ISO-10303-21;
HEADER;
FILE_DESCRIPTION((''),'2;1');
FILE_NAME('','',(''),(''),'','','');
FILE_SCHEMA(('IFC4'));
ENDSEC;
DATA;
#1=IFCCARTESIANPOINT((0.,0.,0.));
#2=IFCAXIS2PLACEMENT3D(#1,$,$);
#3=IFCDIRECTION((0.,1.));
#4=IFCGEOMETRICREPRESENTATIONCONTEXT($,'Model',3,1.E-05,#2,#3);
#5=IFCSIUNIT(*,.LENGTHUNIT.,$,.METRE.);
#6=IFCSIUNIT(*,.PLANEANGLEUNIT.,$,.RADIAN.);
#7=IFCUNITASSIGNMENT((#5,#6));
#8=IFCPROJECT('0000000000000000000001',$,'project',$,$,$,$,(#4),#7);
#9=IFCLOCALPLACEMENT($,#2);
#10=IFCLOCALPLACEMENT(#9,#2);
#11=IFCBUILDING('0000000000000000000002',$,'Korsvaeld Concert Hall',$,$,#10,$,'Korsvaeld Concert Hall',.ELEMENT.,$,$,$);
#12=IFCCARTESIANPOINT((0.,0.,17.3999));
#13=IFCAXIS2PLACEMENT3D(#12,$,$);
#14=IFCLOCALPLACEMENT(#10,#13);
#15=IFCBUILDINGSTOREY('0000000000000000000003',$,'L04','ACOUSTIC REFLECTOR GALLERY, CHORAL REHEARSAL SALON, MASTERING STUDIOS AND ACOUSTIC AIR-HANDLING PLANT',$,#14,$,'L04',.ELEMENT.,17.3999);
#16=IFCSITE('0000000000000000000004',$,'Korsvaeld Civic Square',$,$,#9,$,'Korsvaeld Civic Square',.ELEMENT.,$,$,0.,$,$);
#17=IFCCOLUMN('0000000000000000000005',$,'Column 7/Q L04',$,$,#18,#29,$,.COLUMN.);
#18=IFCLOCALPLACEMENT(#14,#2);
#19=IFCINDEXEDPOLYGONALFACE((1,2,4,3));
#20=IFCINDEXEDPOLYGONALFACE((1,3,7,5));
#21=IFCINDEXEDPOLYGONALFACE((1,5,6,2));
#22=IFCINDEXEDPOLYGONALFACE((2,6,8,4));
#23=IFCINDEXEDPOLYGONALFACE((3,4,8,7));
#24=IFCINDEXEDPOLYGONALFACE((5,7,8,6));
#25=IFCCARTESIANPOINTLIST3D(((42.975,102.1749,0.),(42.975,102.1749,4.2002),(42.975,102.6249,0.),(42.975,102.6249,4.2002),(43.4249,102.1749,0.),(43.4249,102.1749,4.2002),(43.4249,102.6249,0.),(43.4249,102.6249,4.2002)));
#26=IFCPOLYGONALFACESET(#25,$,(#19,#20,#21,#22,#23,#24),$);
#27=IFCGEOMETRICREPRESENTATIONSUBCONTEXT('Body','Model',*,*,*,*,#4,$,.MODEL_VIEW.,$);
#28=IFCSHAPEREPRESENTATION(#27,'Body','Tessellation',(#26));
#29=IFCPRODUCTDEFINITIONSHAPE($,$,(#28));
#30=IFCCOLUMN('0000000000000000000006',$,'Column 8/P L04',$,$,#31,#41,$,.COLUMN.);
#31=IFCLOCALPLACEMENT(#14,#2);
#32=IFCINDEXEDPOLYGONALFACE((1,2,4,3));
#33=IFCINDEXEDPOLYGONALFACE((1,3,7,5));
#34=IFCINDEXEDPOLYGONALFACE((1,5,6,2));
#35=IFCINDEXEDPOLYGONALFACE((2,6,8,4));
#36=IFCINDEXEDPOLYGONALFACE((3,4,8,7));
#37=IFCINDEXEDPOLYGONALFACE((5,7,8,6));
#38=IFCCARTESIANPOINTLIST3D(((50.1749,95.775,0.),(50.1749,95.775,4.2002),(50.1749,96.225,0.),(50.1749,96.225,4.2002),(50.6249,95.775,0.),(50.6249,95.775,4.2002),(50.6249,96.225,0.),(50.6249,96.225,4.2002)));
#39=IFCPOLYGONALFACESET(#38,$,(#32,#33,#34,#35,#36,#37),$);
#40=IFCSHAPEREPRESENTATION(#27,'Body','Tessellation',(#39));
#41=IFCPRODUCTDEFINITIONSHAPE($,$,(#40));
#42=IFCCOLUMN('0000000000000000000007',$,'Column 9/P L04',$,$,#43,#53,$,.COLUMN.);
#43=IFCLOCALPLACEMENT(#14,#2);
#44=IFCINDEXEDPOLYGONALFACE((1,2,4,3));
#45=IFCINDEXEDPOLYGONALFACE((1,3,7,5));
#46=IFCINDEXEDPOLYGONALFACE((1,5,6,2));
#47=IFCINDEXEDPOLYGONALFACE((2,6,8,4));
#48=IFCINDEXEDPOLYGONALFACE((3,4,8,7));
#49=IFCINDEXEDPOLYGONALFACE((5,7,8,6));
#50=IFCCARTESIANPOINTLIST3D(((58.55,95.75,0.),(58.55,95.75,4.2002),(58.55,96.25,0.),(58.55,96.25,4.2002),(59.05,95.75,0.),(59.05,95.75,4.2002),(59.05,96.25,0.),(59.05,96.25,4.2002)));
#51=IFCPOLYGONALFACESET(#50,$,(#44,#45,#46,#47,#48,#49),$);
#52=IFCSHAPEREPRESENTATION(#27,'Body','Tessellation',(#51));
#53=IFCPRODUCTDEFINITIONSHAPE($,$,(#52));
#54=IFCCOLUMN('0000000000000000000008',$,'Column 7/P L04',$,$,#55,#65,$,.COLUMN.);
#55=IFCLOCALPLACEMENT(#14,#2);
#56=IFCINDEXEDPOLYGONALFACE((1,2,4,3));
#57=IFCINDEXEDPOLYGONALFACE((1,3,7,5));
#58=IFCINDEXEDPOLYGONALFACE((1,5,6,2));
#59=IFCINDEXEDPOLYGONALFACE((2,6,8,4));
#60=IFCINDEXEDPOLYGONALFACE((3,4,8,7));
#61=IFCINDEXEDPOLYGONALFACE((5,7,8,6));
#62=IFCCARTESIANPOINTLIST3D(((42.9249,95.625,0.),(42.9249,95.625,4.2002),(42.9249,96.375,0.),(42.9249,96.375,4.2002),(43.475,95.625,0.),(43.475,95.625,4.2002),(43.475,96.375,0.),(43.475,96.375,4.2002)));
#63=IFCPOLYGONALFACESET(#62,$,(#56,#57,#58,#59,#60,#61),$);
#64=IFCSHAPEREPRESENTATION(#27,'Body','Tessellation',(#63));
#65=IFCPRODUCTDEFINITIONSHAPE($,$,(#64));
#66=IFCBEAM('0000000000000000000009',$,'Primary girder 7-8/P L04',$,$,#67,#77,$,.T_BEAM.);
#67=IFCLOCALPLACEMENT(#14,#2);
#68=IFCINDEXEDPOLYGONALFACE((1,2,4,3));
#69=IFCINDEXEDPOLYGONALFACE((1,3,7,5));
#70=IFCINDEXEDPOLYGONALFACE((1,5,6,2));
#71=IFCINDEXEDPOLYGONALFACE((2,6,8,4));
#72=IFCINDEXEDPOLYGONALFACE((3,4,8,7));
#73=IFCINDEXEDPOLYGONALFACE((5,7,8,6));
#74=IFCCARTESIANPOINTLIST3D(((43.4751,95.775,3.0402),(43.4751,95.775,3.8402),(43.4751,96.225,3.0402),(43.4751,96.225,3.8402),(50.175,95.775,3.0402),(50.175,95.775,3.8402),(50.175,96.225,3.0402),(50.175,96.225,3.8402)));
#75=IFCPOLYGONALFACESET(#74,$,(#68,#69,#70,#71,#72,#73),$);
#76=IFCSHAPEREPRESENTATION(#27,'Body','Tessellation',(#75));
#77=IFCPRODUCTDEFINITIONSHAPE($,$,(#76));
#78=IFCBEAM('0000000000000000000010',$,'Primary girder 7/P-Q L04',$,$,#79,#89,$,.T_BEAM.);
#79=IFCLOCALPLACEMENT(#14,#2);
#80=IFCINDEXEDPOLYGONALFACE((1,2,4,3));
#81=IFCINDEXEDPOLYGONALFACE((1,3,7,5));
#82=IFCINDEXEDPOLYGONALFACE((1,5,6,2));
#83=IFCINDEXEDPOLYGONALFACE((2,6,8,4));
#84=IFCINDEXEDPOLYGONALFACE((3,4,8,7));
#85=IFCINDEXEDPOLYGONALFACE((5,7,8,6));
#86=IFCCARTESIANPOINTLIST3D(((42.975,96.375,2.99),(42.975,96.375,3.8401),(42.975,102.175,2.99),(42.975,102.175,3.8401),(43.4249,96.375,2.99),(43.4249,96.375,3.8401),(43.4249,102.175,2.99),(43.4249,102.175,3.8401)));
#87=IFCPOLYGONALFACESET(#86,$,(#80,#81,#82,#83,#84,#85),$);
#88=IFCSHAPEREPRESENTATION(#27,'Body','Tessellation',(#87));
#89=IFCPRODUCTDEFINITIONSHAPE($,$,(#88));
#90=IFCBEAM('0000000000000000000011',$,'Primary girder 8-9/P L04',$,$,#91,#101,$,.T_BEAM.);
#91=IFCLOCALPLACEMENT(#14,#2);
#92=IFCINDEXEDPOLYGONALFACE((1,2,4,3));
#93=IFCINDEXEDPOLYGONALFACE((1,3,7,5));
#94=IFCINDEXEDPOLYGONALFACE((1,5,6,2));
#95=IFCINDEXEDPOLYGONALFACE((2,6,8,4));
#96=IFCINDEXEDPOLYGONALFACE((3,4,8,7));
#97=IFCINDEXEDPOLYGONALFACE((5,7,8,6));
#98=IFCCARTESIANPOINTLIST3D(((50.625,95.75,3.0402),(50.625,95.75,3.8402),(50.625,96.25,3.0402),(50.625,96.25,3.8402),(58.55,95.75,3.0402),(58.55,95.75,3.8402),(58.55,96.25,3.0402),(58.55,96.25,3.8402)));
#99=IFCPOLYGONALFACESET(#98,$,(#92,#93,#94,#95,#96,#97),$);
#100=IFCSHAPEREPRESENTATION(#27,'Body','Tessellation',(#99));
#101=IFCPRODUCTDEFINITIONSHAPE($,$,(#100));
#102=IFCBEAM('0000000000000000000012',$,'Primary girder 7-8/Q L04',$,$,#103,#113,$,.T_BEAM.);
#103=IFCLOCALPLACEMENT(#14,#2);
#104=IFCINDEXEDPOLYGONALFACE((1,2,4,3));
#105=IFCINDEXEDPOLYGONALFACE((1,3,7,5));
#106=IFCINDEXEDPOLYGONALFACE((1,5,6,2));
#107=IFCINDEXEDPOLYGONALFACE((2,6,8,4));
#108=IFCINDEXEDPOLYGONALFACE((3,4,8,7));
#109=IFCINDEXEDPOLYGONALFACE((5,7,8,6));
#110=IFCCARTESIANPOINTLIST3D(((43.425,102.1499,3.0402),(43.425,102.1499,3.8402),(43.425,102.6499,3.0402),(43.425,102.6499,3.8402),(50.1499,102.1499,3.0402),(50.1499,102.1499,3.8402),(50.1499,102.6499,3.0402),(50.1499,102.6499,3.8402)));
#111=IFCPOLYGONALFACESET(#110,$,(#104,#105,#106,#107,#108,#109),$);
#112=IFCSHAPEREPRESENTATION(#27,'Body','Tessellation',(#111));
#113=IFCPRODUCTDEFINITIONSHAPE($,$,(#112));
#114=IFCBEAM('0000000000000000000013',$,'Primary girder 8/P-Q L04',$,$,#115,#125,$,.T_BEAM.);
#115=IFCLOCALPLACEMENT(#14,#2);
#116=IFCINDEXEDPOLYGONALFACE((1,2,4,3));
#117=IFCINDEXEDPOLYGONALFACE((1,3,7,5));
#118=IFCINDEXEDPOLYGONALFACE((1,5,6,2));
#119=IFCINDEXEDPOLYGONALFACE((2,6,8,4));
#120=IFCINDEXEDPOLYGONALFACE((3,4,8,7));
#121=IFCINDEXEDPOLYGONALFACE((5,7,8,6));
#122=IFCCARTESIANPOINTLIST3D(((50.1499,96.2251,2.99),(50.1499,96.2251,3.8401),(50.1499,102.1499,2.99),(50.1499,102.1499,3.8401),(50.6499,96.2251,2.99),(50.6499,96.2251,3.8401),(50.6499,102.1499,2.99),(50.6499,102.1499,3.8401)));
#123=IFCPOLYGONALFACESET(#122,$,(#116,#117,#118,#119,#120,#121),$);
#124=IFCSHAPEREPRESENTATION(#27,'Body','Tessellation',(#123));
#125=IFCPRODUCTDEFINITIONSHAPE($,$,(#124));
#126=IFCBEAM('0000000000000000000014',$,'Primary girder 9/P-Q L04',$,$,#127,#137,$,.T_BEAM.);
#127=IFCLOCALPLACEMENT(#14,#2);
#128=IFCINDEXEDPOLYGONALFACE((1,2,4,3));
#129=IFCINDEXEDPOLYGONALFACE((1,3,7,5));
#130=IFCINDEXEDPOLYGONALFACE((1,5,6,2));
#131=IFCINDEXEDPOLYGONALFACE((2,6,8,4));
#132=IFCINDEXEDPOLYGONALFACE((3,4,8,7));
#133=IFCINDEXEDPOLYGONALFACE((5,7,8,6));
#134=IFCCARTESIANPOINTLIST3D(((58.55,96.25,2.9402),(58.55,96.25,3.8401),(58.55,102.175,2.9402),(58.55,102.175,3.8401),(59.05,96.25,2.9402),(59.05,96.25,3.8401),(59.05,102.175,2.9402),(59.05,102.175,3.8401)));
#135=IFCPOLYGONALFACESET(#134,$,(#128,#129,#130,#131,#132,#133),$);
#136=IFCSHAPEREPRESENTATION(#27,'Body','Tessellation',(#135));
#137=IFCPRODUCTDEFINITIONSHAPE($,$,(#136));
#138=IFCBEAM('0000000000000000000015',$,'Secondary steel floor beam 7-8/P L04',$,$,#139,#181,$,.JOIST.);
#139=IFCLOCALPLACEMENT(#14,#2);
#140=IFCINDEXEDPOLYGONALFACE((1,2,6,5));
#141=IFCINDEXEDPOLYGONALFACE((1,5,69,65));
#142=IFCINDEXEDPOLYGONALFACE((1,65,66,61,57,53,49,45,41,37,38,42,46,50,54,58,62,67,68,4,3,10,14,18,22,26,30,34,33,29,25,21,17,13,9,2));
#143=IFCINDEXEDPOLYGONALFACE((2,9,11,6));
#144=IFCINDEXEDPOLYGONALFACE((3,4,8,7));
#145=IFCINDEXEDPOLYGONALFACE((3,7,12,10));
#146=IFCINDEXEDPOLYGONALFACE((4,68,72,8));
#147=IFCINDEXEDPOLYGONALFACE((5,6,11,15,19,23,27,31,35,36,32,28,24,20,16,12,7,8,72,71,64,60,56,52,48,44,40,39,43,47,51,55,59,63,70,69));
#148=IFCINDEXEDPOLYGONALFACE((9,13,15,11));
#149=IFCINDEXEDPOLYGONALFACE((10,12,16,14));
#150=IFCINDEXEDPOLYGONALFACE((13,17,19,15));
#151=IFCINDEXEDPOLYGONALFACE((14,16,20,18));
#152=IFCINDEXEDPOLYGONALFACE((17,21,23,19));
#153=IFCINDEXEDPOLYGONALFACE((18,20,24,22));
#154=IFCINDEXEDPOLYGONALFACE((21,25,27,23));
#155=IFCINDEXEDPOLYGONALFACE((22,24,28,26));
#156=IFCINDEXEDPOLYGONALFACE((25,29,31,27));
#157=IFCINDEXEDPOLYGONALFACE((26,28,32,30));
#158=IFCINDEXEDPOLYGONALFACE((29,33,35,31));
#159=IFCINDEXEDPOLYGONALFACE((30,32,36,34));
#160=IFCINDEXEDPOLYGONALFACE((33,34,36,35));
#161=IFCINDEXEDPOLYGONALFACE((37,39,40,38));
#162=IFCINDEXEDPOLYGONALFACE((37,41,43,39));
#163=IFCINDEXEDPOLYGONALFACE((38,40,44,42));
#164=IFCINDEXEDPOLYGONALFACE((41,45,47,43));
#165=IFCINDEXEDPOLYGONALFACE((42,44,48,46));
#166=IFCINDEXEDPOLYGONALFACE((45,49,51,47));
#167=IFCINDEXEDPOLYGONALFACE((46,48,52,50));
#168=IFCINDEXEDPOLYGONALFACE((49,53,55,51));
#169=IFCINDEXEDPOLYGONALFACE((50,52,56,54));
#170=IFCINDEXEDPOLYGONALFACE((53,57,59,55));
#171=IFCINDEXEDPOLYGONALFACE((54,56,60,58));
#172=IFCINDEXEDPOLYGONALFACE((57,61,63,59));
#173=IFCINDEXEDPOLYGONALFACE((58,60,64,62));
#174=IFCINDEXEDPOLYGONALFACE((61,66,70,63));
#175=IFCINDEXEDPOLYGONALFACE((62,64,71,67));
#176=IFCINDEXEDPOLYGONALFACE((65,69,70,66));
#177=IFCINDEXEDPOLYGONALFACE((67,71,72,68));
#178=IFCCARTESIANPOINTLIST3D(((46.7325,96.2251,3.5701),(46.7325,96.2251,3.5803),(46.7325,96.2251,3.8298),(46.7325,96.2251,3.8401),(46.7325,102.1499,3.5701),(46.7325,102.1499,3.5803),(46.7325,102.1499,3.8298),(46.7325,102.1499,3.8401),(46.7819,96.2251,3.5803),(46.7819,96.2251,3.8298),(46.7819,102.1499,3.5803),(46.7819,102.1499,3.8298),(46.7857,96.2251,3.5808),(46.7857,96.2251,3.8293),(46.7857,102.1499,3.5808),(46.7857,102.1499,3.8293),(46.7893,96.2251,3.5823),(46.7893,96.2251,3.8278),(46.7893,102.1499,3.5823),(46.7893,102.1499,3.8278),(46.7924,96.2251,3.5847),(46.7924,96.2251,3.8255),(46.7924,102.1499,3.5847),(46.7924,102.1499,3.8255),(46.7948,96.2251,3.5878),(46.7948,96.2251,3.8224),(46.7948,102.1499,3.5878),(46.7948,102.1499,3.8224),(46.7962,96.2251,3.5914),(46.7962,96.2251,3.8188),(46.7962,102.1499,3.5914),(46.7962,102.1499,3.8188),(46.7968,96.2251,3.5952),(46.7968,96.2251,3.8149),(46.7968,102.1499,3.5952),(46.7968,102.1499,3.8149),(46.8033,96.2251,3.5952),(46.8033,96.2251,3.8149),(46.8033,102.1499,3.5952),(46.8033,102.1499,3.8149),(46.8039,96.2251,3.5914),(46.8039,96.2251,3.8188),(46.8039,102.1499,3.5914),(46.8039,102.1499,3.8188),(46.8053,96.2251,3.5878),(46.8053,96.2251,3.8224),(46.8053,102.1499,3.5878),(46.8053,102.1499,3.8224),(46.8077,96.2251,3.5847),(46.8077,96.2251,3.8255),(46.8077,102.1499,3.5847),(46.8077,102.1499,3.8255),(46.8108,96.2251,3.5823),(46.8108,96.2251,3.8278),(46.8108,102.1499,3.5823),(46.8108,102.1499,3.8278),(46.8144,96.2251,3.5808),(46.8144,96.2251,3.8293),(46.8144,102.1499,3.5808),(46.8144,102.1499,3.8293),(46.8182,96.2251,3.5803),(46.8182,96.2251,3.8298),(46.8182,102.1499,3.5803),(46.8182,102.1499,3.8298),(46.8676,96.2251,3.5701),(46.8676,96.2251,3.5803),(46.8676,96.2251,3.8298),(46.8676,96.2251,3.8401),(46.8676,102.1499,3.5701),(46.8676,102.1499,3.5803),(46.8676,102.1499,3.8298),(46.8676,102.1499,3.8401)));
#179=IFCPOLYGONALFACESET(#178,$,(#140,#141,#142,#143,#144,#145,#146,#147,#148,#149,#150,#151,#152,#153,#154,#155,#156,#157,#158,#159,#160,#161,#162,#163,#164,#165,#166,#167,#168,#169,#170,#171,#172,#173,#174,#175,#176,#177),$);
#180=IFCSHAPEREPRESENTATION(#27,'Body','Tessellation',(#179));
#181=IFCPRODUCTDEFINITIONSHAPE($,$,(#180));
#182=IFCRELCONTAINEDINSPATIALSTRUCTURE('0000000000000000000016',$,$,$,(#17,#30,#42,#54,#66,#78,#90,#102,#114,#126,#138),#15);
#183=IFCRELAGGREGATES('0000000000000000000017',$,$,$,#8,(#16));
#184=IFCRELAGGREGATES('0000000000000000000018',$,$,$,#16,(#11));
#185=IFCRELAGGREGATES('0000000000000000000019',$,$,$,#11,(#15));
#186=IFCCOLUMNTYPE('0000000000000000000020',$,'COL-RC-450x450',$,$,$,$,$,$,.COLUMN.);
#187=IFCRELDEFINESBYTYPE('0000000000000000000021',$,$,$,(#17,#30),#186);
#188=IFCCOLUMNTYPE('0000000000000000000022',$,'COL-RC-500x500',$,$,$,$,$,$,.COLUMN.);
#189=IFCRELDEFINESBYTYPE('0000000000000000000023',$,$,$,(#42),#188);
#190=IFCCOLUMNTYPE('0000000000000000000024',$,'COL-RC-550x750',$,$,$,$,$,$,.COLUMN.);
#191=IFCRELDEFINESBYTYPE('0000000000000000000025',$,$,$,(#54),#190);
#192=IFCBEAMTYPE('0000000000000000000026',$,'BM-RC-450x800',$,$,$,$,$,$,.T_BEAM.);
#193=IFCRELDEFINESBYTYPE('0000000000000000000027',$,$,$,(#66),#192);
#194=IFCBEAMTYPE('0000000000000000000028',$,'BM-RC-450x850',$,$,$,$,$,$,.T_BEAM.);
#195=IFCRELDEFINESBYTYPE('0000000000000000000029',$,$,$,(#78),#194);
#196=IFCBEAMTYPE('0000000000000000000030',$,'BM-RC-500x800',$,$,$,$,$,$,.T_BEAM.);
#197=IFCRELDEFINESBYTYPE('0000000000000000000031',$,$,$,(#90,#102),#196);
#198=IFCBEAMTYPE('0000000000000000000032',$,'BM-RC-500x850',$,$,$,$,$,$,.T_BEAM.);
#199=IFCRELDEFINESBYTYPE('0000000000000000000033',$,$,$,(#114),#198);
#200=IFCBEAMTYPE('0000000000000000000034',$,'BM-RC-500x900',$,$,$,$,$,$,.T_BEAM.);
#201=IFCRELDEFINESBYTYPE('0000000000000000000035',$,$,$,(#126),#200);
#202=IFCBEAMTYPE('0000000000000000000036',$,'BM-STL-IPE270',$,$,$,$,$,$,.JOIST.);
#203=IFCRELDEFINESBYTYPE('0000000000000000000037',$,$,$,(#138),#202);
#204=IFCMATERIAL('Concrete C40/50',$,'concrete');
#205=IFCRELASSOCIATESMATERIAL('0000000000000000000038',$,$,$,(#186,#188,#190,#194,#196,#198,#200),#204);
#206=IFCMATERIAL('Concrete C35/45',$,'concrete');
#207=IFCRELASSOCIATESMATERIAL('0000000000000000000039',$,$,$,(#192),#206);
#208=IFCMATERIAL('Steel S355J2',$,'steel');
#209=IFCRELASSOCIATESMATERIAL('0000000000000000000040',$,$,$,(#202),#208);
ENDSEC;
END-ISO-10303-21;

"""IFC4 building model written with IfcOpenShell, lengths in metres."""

from ifc_helpers import new_model, si_unit, direction, frame, origin, origin_2d, place, context, subcontext, project, spatial, rectangle, i_section, extrude, material, material_profile, profile_set, type_object, element, save


model = new_model("IFC4")

# Units and contexts
model_context = context("Model", 3, precision=1e-05, world=origin(), true_north=direction((0.0, 1.0)))
body_context = subcontext(model_context, "Body", "Model", "MODEL_VIEW")
ifc_project = project(units=[si_unit("LENGTHUNIT", "METRE"), si_unit("PLANEANGLEUNIT", "RADIAN")], contexts=[model_context])

# Site, building, storey
site_placement = place(None, origin())
site = spatial("IfcSite", under=ifc_project, at=site_placement, Name="Korsvaeld Civic Square", LongName="Korsvaeld Civic Square", CompositionType="ELEMENT", RefElevation=0.0)
building_placement = place(site_placement, origin())
building = spatial("IfcBuilding", under=site, at=building_placement, Name="Korsvaeld Concert Hall", LongName="Korsvaeld Concert Hall", CompositionType="ELEMENT")
storey_placement = place(building_placement, frame((0.0, 0.0, 17.3999)))
storey = spatial("IfcBuildingStorey", under=building, at=storey_placement, Name="L04", Description="ACOUSTIC REFLECTOR GALLERY, CHORAL REHEARSAL SALON, MASTERING STUDIOS AND ACOUSTIC AIR-HANDLING PLANT", LongName="L04", CompositionType="ELEMENT", Elevation=17.3999)

# Columns
ifc_material_1 = material(Name="Concrete C40/50", Category="concrete")
ifc_material_profile_1 = material_profile(ifc_material_1, rectangle(XDim=0.45, YDim=0.45, at=origin_2d()), Name="RC 450x450")
ifc_profile_set_1 = profile_set([ifc_material_profile_1], Name="Concrete C40/50")
column_type_1 = type_object("IfcColumnType", Name="COL-RC-450x450", PredefinedType="COLUMN", material=ifc_profile_set_1)
for number, where, z_axis, x_axis, name in (
    (1, (43.2, 102.3999, 0.0), (0.0, 0.0, 1.0), (1.0, 0.0, 0.0), "Column 7/Q L04"),
    (2, (50.3999, 96.0, 0.0), (0.0, 0.0, 1.0), (1.0, 0.0, 0.0), "Column 8/P L04"),
):
    element("IfcColumn", number, at=place(storey_placement, frame(where, z_axis=z_axis, x_axis=x_axis)), inside=storey, type_object=column_type_1, Name=name, PredefinedType="COLUMN", context=body_context, shape_type="SweptSolid", body=[
        extrude(rectangle(XDim=0.45, YDim=0.45, at=origin_2d()), origin(), (0.0, 0.0, 1.0), 4.2002),
    ])
ifc_material_profile_2 = material_profile(ifc_material_1, rectangle(XDim=0.5, YDim=0.5, at=origin_2d()), Name="RC 500x500")
ifc_profile_set_2 = profile_set([ifc_material_profile_2], Name="Concrete C40/50")
column_type_2 = type_object("IfcColumnType", Name="COL-RC-500x500", PredefinedType="COLUMN", material=ifc_profile_set_2)
column_1_placement = place(storey_placement, frame((58.8, 96.0, 0.0), z_axis=(0.0, 0.0, 1.0), x_axis=(1.0, 0.0, 0.0)))
element("IfcColumn", 3, at=column_1_placement, inside=storey, type_object=column_type_2, Name="Column 9/P L04", PredefinedType="COLUMN", context=body_context, shape_type="SweptSolid", body=[
    extrude(rectangle(XDim=0.5, YDim=0.5, at=origin_2d()), origin(), (0.0, 0.0, 1.0), 4.2002),
])
ifc_material_profile_3 = material_profile(ifc_material_1, rectangle(XDim=0.55, YDim=0.75, at=origin_2d()), Name="RC 550x750")
ifc_profile_set_3 = profile_set([ifc_material_profile_3], Name="Concrete C40/50")
column_type_3 = type_object("IfcColumnType", Name="COL-RC-550x750", PredefinedType="COLUMN", material=ifc_profile_set_3)
column_2_placement = place(storey_placement, frame((43.2, 96.0, 0.0), z_axis=(0.0, 0.0, 1.0), x_axis=(1.0, 0.0, 0.0)))
element("IfcColumn", 4, at=column_2_placement, inside=storey, type_object=column_type_3, Name="Column 7/P L04", PredefinedType="COLUMN", context=body_context, shape_type="SweptSolid", body=[
    extrude(rectangle(XDim=0.55, YDim=0.75, at=origin_2d()), origin(), (0.0, 0.0, 1.0), 4.2002),
])

# Beams
ifc_material_2 = material(Name="Concrete C35/45", Category="concrete")
ifc_material_profile_4 = material_profile(ifc_material_2, rectangle(XDim=0.45, YDim=0.8, at=origin_2d()), Name="RC 450x800")
ifc_profile_set_4 = profile_set([ifc_material_profile_4], Name="Concrete C35/45")
beam_type_1 = type_object("IfcBeamType", Name="BM-RC-450x800", PredefinedType="T_BEAM", material=ifc_profile_set_4)
beam_1_placement = place(storey_placement, frame((43.4751, 96.0, 3.4402), z_axis=(1.0, 0.0, 0.0), x_axis=(0.0, 1.0, 0.0)))
element("IfcBeam", 5, at=beam_1_placement, inside=storey, type_object=beam_type_1, Name="Primary girder 7-8/P L04", PredefinedType="T_BEAM", context=body_context, shape_type="SweptSolid", body=[
    extrude(rectangle(XDim=0.45, YDim=0.8, at=origin_2d()), origin(), (0.0, 0.0, 1.0), 6.7),
])
ifc_material_profile_5 = material_profile(ifc_material_1, rectangle(XDim=0.45, YDim=0.8501, at=origin_2d()), Name="RC 450x850")
ifc_profile_set_5 = profile_set([ifc_material_profile_5], Name="Concrete C40/50")
beam_type_2 = type_object("IfcBeamType", Name="BM-RC-450x850", PredefinedType="T_BEAM", material=ifc_profile_set_5)
beam_2_placement = place(storey_placement, frame((43.2, 96.375, 3.415), z_axis=(0.0, 1.0, 0.0), x_axis=(-1.0, 0.0, 0.0)))
element("IfcBeam", 6, at=beam_2_placement, inside=storey, type_object=beam_type_2, Name="Primary girder 7/P-Q L04", PredefinedType="T_BEAM", context=body_context, shape_type="SweptSolid", body=[
    extrude(rectangle(XDim=0.45, YDim=0.8501, at=origin_2d()), origin(), (0.0, 0.0, 1.0), 5.8),
])
ifc_material_profile_6 = material_profile(ifc_material_1, rectangle(XDim=0.5, YDim=0.8, at=origin_2d()), Name="RC 500x800")
ifc_profile_set_6 = profile_set([ifc_material_profile_6], Name="Concrete C40/50")
beam_type_3 = type_object("IfcBeamType", Name="BM-RC-500x800", PredefinedType="T_BEAM", material=ifc_profile_set_6)
beam_3_placement = place(storey_placement, frame((50.625, 96.0, 3.4402), z_axis=(1.0, 0.0, 0.0), x_axis=(0.0, 1.0, 0.0)))
element("IfcBeam", 7, at=beam_3_placement, inside=storey, type_object=beam_type_3, Name="Primary girder 8-9/P L04", PredefinedType="T_BEAM", context=body_context, shape_type="SweptSolid", body=[
    extrude(rectangle(XDim=0.5, YDim=0.8, at=origin_2d()), origin(), (0.0, 0.0, 1.0), 7.925),
])
beam_4_placement = place(storey_placement, frame((43.425, 102.3999, 3.4402), z_axis=(1.0, 0.0, 0.0), x_axis=(0.0, 1.0, 0.0)))
element("IfcBeam", 8, at=beam_4_placement, inside=storey, type_object=beam_type_3, Name="Primary girder 7-8/Q L04", PredefinedType="T_BEAM", context=body_context, shape_type="SweptSolid", body=[
    extrude(rectangle(XDim=0.5, YDim=0.8, at=origin_2d()), origin(), (0.0, 0.0, 1.0), 6.7249),
])
ifc_material_profile_7 = material_profile(ifc_material_1, rectangle(XDim=0.5, YDim=0.8501, at=origin_2d()), Name="RC 500x850")
ifc_profile_set_7 = profile_set([ifc_material_profile_7], Name="Concrete C40/50")
beam_type_4 = type_object("IfcBeamType", Name="BM-RC-500x850", PredefinedType="T_BEAM", material=ifc_profile_set_7)
beam_5_placement = place(storey_placement, frame((50.3999, 96.2251, 3.415), z_axis=(0.0, 1.0, 0.0), x_axis=(-1.0, 0.0, 0.0)))
element("IfcBeam", 9, at=beam_5_placement, inside=storey, type_object=beam_type_4, Name="Primary girder 8/P-Q L04", PredefinedType="T_BEAM", context=body_context, shape_type="SweptSolid", body=[
    extrude(rectangle(XDim=0.5, YDim=0.8501, at=origin_2d()), origin(), (0.0, 0.0, 1.0), 5.9248),
])
ifc_material_profile_8 = material_profile(ifc_material_1, rectangle(XDim=0.5, YDim=0.8999, at=origin_2d()), Name="RC 500x900")
ifc_profile_set_8 = profile_set([ifc_material_profile_8], Name="Concrete C40/50")
beam_type_5 = type_object("IfcBeamType", Name="BM-RC-500x900", PredefinedType="T_BEAM", material=ifc_profile_set_8)
beam_6_placement = place(storey_placement, frame((58.8, 96.25, 3.3901), z_axis=(0.0, 1.0, 0.0), x_axis=(-1.0, 0.0, 0.0)))
element("IfcBeam", 10, at=beam_6_placement, inside=storey, type_object=beam_type_5, Name="Primary girder 9/P-Q L04", PredefinedType="T_BEAM", context=body_context, shape_type="SweptSolid", body=[
    extrude(rectangle(XDim=0.5, YDim=0.8999, at=origin_2d()), origin(), (0.0, 0.0, 1.0), 5.925),
])
ifc_material_3 = material(Name="Steel S355J2", Category="steel")
ifc_material_profile_9 = material_profile(ifc_material_3, i_section(OverallWidth=0.135, OverallDepth=0.27, WebThickness=0.0066, FlangeThickness=0.0103, FilletRadius=0.0149, at=origin_2d()), Name="IPE 270")
ifc_profile_set_9 = profile_set([ifc_material_profile_9], Name="Steel S355J2")
beam_type_6 = type_object("IfcBeamType", Name="BM-STL-IPE270", PredefinedType="JOIST", material=ifc_profile_set_9)
beam_7_placement = place(storey_placement, frame((46.8, 96.2251, 3.7051), z_axis=(0.0, 1.0, 0.0), x_axis=(-1.0, 0.0, 0.0)))
element("IfcBeam", 11, at=beam_7_placement, inside=storey, type_object=beam_type_6, Name="Secondary steel floor beam 7-8/P L04", PredefinedType="JOIST", context=body_context, shape_type="SweptSolid", body=[
    extrude(i_section(OverallWidth=0.135, OverallDepth=0.27, WebThickness=0.0066, FlangeThickness=0.0103, FilletRadius=0.0149, at=origin_2d()), origin(), (0.0, 0.0, 1.0), 5.9248),
])

save(model, "model.ifc")
